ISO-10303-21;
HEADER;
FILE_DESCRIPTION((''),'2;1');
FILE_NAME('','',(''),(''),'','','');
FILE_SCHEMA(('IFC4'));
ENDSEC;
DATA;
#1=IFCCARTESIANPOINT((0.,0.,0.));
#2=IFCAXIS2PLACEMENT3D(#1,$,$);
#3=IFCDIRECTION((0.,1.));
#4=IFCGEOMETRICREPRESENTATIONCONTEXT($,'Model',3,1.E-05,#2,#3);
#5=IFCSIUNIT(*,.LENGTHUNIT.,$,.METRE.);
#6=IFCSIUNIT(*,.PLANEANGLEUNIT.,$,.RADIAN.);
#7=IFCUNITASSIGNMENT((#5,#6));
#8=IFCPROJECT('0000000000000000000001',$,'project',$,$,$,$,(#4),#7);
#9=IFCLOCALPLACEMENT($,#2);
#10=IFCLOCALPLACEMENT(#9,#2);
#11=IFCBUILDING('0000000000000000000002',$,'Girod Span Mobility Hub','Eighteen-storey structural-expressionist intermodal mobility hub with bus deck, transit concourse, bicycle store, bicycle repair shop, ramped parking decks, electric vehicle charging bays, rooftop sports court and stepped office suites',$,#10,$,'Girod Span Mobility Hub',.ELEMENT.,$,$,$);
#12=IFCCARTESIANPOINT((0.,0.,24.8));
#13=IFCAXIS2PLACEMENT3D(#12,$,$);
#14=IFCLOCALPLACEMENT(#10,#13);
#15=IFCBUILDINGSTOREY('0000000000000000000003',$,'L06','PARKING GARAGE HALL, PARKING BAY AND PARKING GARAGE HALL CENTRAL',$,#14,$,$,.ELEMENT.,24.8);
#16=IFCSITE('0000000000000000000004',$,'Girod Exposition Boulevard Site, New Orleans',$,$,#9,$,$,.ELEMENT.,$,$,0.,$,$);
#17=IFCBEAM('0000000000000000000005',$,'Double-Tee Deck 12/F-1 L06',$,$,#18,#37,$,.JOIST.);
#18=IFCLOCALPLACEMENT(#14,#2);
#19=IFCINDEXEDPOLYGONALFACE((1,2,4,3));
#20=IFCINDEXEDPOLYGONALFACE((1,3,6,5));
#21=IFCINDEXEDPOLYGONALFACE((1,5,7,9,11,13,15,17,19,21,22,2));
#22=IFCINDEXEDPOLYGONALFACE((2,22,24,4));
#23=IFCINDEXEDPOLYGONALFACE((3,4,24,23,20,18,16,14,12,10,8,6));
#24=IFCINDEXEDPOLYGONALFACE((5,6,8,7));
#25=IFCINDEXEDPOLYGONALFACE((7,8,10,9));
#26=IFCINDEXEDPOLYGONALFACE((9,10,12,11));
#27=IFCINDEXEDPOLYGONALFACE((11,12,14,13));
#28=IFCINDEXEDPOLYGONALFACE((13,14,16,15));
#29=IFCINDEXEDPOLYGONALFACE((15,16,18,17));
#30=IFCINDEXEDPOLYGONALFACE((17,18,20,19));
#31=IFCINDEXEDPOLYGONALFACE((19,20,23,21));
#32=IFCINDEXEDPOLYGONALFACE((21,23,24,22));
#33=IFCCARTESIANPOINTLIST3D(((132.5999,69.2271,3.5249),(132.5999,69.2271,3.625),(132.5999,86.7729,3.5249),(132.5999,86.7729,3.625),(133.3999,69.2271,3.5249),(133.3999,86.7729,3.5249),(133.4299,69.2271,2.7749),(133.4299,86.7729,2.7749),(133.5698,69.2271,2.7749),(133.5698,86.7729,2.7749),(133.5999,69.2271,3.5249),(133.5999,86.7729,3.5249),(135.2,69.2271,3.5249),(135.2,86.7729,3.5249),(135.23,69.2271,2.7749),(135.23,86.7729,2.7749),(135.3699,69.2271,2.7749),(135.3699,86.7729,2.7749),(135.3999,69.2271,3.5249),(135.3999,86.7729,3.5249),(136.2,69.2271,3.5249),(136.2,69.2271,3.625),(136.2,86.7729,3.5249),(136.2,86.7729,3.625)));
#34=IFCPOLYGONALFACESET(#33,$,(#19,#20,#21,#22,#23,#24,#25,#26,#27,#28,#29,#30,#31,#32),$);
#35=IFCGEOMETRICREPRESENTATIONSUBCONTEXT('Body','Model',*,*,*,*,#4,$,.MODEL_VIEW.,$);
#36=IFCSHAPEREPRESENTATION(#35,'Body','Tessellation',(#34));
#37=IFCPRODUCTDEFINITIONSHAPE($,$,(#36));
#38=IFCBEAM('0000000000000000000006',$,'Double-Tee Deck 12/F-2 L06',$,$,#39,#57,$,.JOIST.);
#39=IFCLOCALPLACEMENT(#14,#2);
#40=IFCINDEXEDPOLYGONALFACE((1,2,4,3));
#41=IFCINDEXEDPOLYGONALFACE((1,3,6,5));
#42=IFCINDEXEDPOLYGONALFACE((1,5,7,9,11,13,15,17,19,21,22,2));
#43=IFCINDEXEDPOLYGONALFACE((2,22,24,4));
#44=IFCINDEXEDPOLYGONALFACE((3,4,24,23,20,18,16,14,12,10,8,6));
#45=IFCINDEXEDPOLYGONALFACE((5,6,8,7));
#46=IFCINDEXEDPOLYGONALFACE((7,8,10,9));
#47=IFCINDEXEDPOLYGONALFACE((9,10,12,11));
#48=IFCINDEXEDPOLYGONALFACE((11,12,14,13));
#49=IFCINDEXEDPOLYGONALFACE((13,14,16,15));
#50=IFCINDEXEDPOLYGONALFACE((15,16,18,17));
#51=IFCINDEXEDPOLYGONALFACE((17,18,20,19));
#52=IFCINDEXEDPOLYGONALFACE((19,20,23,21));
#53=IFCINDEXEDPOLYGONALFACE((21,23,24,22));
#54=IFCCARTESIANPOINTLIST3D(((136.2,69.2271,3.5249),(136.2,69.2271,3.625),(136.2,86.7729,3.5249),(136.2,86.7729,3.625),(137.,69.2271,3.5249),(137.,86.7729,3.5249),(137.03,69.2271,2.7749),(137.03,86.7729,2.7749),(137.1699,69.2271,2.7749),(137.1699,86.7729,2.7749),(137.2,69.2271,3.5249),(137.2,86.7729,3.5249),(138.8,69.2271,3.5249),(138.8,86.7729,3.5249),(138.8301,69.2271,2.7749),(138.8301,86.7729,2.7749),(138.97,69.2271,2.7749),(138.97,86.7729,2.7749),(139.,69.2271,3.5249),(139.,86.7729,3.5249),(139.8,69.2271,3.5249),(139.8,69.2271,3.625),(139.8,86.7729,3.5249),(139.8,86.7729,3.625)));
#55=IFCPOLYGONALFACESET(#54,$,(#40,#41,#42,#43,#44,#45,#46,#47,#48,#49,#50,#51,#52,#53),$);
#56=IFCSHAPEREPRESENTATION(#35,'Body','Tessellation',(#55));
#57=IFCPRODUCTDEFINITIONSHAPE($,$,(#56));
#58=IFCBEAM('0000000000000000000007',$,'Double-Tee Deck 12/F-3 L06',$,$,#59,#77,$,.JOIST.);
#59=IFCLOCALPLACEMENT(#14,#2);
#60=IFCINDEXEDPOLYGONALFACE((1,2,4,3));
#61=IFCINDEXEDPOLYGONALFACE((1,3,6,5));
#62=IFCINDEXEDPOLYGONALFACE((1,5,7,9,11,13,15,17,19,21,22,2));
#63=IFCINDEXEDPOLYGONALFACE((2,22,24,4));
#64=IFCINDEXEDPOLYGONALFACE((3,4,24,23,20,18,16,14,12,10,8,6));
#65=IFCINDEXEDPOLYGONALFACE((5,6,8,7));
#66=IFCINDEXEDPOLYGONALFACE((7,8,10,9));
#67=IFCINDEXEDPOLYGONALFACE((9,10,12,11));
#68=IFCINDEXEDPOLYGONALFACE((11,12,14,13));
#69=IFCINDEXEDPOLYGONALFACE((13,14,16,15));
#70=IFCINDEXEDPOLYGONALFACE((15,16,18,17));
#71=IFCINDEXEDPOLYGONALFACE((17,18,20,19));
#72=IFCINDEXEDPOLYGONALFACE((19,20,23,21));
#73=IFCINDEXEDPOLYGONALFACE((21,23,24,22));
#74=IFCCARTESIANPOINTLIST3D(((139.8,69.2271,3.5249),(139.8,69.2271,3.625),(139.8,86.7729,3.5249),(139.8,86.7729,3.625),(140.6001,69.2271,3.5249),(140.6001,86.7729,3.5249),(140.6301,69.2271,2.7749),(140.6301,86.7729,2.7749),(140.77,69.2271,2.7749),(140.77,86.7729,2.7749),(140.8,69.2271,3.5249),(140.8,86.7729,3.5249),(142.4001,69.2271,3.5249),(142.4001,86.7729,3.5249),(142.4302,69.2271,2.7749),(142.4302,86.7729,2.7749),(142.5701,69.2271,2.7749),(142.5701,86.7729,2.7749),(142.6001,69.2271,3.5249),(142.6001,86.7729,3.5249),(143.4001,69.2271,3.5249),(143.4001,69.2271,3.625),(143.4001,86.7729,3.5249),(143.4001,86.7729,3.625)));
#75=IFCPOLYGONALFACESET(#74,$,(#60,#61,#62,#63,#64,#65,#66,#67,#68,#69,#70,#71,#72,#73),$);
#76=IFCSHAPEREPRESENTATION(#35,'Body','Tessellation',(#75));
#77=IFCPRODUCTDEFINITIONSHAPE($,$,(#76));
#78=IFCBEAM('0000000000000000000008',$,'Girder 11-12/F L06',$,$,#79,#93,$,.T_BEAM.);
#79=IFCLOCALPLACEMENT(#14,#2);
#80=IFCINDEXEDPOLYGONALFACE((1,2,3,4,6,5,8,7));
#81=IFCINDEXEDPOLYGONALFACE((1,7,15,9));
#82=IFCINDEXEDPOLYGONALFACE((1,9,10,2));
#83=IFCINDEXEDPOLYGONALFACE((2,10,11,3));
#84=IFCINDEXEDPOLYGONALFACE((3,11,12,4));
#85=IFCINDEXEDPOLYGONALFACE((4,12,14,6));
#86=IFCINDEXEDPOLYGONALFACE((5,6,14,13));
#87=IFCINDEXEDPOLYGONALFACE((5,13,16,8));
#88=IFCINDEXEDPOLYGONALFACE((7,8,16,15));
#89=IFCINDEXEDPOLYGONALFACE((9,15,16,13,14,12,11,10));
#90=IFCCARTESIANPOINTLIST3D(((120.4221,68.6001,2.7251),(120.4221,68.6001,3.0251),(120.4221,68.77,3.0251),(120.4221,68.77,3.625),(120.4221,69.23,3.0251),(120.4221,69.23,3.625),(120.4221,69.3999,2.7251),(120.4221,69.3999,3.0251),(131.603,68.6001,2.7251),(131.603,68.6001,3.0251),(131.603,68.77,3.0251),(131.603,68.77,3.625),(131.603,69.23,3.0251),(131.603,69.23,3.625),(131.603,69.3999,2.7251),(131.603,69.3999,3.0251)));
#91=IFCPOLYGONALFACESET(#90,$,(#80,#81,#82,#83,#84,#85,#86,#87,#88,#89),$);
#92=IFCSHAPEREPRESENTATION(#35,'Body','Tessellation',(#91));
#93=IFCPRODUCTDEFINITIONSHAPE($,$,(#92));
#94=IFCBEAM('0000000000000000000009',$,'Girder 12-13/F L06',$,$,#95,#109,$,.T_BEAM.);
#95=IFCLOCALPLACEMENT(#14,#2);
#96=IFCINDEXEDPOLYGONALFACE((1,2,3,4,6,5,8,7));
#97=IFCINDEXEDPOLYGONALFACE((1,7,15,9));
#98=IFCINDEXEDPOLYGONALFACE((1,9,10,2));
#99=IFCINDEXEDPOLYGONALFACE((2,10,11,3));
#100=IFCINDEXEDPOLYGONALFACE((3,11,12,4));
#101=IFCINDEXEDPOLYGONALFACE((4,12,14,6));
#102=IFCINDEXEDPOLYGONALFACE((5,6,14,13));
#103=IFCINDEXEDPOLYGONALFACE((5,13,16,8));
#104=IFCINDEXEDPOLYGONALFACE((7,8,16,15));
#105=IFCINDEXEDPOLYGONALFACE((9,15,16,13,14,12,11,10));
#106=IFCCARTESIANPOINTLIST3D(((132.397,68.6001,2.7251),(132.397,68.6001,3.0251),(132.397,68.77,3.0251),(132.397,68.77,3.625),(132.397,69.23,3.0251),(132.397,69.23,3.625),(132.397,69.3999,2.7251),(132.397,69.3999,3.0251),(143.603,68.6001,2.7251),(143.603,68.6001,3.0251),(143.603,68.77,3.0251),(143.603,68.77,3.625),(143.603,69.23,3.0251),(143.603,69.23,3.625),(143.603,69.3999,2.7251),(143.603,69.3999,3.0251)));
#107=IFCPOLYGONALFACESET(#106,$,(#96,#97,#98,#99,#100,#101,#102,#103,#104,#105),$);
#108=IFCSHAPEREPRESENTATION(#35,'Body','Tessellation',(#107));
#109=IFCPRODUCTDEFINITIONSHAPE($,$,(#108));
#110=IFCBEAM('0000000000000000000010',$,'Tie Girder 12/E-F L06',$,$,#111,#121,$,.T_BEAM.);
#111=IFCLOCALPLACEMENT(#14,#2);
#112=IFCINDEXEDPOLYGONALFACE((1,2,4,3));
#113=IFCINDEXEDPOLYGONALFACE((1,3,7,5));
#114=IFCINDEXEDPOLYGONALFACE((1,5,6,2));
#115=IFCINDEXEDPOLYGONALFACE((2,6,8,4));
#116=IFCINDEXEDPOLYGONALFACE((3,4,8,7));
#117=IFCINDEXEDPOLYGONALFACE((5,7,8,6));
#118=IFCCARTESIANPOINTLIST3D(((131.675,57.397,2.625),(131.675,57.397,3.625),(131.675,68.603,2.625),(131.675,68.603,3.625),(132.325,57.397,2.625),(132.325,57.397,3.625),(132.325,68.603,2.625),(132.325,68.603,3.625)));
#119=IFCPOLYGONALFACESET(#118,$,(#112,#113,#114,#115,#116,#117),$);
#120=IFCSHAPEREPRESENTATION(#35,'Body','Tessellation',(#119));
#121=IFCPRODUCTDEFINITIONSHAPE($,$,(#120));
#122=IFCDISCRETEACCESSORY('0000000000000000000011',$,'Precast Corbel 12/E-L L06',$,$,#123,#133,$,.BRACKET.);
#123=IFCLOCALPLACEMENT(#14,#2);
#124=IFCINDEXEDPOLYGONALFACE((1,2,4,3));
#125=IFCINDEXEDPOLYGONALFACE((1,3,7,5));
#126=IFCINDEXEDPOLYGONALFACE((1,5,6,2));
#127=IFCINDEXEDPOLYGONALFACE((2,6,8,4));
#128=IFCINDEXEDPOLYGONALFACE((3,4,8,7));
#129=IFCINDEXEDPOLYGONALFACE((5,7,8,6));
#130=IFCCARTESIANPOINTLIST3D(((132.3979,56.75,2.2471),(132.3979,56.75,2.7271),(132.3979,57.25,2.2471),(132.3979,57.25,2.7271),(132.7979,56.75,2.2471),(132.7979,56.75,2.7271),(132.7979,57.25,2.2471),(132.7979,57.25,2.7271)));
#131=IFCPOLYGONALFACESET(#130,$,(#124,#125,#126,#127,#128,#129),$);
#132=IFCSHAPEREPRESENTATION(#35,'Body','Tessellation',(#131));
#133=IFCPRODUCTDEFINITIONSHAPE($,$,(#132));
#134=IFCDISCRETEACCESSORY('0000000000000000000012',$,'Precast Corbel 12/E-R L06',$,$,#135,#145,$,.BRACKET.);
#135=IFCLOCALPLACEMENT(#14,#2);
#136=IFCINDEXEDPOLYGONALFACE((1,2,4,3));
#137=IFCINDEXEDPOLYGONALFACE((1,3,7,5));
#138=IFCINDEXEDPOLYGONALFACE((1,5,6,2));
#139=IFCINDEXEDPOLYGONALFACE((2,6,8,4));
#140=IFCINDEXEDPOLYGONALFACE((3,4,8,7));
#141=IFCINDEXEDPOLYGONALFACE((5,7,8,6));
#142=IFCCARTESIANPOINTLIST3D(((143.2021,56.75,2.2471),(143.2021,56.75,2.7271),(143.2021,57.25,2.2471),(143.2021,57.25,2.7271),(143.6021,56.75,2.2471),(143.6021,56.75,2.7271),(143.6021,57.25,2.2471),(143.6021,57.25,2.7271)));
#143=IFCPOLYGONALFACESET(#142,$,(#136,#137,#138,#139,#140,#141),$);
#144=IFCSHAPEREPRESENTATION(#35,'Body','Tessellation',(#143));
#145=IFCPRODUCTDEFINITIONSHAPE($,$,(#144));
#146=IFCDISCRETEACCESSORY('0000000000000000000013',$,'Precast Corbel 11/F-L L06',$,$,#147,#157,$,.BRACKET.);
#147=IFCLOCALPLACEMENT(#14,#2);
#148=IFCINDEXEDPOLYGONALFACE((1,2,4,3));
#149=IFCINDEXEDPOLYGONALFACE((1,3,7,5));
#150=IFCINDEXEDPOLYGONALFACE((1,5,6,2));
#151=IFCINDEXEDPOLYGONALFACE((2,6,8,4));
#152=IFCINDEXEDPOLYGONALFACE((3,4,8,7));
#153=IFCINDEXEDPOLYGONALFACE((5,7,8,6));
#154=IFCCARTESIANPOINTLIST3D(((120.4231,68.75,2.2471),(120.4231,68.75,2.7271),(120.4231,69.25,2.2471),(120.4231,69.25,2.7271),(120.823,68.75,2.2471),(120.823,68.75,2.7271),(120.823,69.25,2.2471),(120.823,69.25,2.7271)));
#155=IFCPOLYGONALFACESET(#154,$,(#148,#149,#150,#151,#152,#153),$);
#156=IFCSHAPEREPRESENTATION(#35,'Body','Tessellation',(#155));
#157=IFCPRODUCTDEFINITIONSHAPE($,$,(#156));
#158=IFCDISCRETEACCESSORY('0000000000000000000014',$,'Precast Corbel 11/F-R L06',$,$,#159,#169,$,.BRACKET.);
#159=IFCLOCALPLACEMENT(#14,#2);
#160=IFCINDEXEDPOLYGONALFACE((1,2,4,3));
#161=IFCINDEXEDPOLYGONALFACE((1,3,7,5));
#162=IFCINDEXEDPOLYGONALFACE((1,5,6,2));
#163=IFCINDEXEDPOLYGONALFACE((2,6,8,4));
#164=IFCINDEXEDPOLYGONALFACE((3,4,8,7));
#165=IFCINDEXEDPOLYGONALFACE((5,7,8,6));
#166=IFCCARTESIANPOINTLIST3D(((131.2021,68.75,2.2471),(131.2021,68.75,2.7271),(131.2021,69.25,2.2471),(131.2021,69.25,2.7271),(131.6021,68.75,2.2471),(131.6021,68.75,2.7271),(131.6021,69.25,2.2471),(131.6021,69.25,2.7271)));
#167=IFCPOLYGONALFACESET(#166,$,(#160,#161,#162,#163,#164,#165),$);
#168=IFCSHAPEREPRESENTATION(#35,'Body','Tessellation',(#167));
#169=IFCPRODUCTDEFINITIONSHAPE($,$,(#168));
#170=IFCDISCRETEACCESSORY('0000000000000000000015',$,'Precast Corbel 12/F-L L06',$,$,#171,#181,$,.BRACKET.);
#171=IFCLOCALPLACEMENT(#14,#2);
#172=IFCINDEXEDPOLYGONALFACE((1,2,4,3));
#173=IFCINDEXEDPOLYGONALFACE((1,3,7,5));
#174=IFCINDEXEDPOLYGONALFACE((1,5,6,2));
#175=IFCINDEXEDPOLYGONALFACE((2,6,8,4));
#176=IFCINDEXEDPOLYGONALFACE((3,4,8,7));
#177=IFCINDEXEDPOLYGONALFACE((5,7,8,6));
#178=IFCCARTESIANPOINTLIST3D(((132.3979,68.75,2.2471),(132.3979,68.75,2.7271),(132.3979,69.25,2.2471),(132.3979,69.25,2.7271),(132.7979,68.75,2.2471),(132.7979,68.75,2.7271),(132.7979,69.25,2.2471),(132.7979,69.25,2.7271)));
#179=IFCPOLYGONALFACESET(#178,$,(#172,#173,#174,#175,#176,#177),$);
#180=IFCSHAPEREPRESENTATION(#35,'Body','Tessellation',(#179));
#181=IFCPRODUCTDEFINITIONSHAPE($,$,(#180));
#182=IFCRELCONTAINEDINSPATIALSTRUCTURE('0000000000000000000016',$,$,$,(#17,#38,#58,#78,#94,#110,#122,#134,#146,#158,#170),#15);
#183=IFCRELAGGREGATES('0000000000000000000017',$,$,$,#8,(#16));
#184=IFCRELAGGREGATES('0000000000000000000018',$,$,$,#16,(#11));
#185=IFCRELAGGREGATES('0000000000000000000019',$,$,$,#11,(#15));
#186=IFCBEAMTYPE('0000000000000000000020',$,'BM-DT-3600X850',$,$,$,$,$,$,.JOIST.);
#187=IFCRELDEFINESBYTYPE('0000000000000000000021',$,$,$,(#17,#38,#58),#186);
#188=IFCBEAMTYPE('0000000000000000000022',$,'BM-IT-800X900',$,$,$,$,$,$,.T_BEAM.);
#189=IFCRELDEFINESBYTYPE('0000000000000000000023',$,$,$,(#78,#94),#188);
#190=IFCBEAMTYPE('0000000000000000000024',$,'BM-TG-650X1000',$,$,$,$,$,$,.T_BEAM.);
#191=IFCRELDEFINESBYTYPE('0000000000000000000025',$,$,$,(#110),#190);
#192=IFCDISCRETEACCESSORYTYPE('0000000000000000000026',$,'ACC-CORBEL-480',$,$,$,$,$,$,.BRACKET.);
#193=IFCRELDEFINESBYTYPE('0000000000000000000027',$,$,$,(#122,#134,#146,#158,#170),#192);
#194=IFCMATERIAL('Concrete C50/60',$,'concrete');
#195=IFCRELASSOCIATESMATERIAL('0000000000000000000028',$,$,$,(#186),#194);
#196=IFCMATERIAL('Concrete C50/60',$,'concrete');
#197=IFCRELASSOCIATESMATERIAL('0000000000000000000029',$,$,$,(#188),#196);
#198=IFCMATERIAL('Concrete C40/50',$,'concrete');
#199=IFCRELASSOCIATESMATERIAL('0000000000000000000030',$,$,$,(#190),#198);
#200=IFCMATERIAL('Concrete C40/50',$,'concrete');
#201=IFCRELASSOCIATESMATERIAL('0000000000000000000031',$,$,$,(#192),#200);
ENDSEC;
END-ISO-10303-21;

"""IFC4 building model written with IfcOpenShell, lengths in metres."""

from ifc_helpers import new_model, si_unit, direction, frame, origin, origin_2d, place, context, subcontext, project, spatial, polyline, rectangle, outline, extrude, material, material_profile, profile_set, type_object, element, save


model = new_model("IFC4")

# Units and contexts
model_context = context("Model", 3, precision=1e-05, world=origin(), true_north=direction((0.0, 1.0)))
body_context = subcontext(model_context, "Body", "Model", "MODEL_VIEW")
ifc_project = project(units=[si_unit("LENGTHUNIT", "METRE"), si_unit("PLANEANGLEUNIT", "RADIAN")], contexts=[model_context])

# Site, building, storey
site_placement = place(None, origin())
site = spatial("IfcSite", under=ifc_project, at=site_placement, Name="Girod Exposition Boulevard Site, New Orleans", CompositionType="ELEMENT", RefElevation=0.0)
building_placement = place(site_placement, origin())
building = spatial("IfcBuilding", under=site, at=building_placement, Name="Girod Span Mobility Hub", Description="Eighteen-storey structural-expressionist intermodal mobility hub with bus deck, transit concourse, bicycle store, bicycle repair shop, ramped parking decks, electric vehicle charging bays, rooftop sports court and stepped office suites", LongName="Girod Span Mobility Hub", CompositionType="ELEMENT")
storey_placement = place(building_placement, frame((0.0, 0.0, 24.8)))
storey = spatial("IfcBuildingStorey", under=building, at=storey_placement, Name="L06", Description="PARKING GARAGE HALL, PARKING BAY AND PARKING GARAGE HALL CENTRAL", CompositionType="ELEMENT", Elevation=24.8)

# Beams
ifc_material_1 = material(Name="Concrete C50/60", Category="concrete")
ifc_material_profile_1 = material_profile(ifc_material_1, outline(polyline([(-1.8, 0.425), (-1.8, 0.325), (-1.0, 0.325), (-0.97, -0.425), (-0.8301, -0.425), (-0.8, 0.325), (0.8, 0.325), (0.8301, -0.425), (0.97, -0.425), (1.0, 0.325), (1.8, 0.325), (1.8, 0.425), (-1.8, 0.425)])), Name="DT-3600X850")
ifc_profile_set_1 = profile_set([ifc_material_profile_1], Name="Concrete C50/60")
beam_type_1 = type_object("IfcBeamType", Name="BM-DT-3600X850", PredefinedType="JOIST", material=ifc_profile_set_1)
for number, where, z_axis, x_axis, name in (
    (1, (134.3999, 69.2271, 3.2), (0.0, 1.0, 0.0), (-1.0, 0.0, 0.0), "Double-Tee Deck 12/F-1 L06"),
    (2, (138.0, 69.2271, 3.2), (0.0, 1.0, 0.0), (-1.0, 0.0, 0.0), "Double-Tee Deck 12/F-2 L06"),
    (3, (141.6001, 69.2271, 3.2), (0.0, 1.0, 0.0), (-1.0, 0.0, 0.0), "Double-Tee Deck 12/F-3 L06"),
):
    element("IfcBeam", number, at=place(storey_placement, frame(where, z_axis=z_axis, x_axis=x_axis)), inside=storey, type_object=beam_type_1, Name=name, PredefinedType="JOIST", context=body_context, shape_type="SweptSolid", body=[
        extrude(outline(polyline([(-1.8, 0.425), (-1.8, 0.325), (-1.0, 0.325), (-0.97, -0.425), (-0.8301, -0.425), (-0.8, 0.325), (0.8, 0.325), (0.8301, -0.425), (0.97, -0.425), (1.0, 0.325), (1.8, 0.325), (1.8, 0.425), (-1.8, 0.425)])), origin(), (0.0, 0.0, 1.0), 17.5459),
    ])
ifc_material_2 = material(Name="Concrete C50/60", Category="concrete")
ifc_material_profile_2 = material_profile(ifc_material_2, outline(polyline([(-0.3999, -0.45), (0.3999, -0.45), (0.3999, -0.1499), (0.23, -0.1499), (0.23, 0.45), (-0.23, 0.45), (-0.23, -0.1499), (-0.3999, -0.1499), (-0.3999, -0.45)])), Name="IT-800X900")
ifc_profile_set_2 = profile_set([ifc_material_profile_2], Name="Concrete C50/60")
beam_type_2 = type_object("IfcBeamType", Name="BM-IT-800X900", PredefinedType="T_BEAM", material=ifc_profile_set_2)
beam_1_placement = place(storey_placement, frame((120.4221, 69.0, 3.175), z_axis=(1.0, 0.0, 0.0), x_axis=(0.0, 1.0, 0.0)))
element("IfcBeam", 4, at=beam_1_placement, inside=storey, type_object=beam_type_2, Name="Girder 11-12/F L06", PredefinedType="T_BEAM", context=body_context, shape_type="SweptSolid", body=[
    extrude(outline(polyline([(-0.3999, -0.45), (0.3999, -0.45), (0.3999, -0.1499), (0.23, -0.1499), (0.23, 0.45), (-0.23, 0.45), (-0.23, -0.1499), (-0.3999, -0.1499), (-0.3999, -0.45)])), origin(), (0.0, 0.0, 1.0), 11.1809),
])
beam_2_placement = place(storey_placement, frame((132.397, 69.0, 3.175), z_axis=(1.0, 0.0, 0.0), x_axis=(0.0, 1.0, 0.0)))
element("IfcBeam", 5, at=beam_2_placement, inside=storey, type_object=beam_type_2, Name="Girder 12-13/F L06", PredefinedType="T_BEAM", context=body_context, shape_type="SweptSolid", body=[
    extrude(outline(polyline([(-0.3999, -0.45), (0.3999, -0.45), (0.3999, -0.1499), (0.23, -0.1499), (0.23, 0.45), (-0.23, 0.45), (-0.23, -0.1499), (-0.3999, -0.1499), (-0.3999, -0.45)])), origin(), (0.0, 0.0, 1.0), 11.2061),
])
ifc_material_3 = material(Name="Concrete C40/50", Category="concrete")
ifc_material_profile_3 = material_profile(ifc_material_3, rectangle(XDim=0.6499, YDim=1.0, at=origin_2d()), Name="TG-650X1000")
ifc_profile_set_3 = profile_set([ifc_material_profile_3], Name="Concrete C40/50")
beam_type_3 = type_object("IfcBeamType", Name="BM-TG-650X1000", PredefinedType="T_BEAM", material=ifc_profile_set_3)
beam_3_placement = place(storey_placement, frame((132.0, 57.397, 3.125), z_axis=(0.0, 1.0, 0.0), x_axis=(-1.0, 0.0, 0.0)))
element("IfcBeam", 6, at=beam_3_placement, inside=storey, type_object=beam_type_3, Name="Tie Girder 12/E-F L06", PredefinedType="T_BEAM", context=body_context, shape_type="SweptSolid", body=[
    extrude(rectangle(XDim=0.6499, YDim=1.0, at=origin_2d()), origin(), (0.0, 0.0, 1.0), 11.2061),
])

# Discrete accessories
ifc_material_4 = material(Name="Concrete C40/50", Category="concrete")
discrete_accessory_type = type_object("IfcDiscreteAccessoryType", Name="ACC-CORBEL-480", PredefinedType="BRACKET", material=ifc_material_4)
for number, where, z_axis, x_axis, name in (
    (7, (132.5979, 57.0, 2.2471), (0.0, 0.0, 1.0), (1.0, 0.0, 0.0), "Precast Corbel 12/E-L L06"),
    (8, (143.4021, 57.0, 2.2471), (0.0, 0.0, 1.0), (1.0, 0.0, 0.0), "Precast Corbel 12/E-R L06"),
    (9, (120.623, 69.0, 2.2471), (0.0, 0.0, 1.0), (1.0, 0.0, 0.0), "Precast Corbel 11/F-L L06"),
    (10, (131.4021, 69.0, 2.2471), (0.0, 0.0, 1.0), (1.0, 0.0, 0.0), "Precast Corbel 11/F-R L06"),
    (11, (132.5979, 69.0, 2.2471), (0.0, 0.0, 1.0), (1.0, 0.0, 0.0), "Precast Corbel 12/F-L L06"),
):
    element("IfcDiscreteAccessory", number, at=place(storey_placement, frame(where, z_axis=z_axis, x_axis=x_axis)), inside=storey, type_object=discrete_accessory_type, Name=name, PredefinedType="BRACKET", context=body_context, shape_type="SweptSolid", body=[
        extrude(rectangle(XDim=0.3999, YDim=0.5, at=origin_2d()), origin(), (0.0, 0.0, 1.0), 0.48),
    ])

save(model, "model.ifc")
